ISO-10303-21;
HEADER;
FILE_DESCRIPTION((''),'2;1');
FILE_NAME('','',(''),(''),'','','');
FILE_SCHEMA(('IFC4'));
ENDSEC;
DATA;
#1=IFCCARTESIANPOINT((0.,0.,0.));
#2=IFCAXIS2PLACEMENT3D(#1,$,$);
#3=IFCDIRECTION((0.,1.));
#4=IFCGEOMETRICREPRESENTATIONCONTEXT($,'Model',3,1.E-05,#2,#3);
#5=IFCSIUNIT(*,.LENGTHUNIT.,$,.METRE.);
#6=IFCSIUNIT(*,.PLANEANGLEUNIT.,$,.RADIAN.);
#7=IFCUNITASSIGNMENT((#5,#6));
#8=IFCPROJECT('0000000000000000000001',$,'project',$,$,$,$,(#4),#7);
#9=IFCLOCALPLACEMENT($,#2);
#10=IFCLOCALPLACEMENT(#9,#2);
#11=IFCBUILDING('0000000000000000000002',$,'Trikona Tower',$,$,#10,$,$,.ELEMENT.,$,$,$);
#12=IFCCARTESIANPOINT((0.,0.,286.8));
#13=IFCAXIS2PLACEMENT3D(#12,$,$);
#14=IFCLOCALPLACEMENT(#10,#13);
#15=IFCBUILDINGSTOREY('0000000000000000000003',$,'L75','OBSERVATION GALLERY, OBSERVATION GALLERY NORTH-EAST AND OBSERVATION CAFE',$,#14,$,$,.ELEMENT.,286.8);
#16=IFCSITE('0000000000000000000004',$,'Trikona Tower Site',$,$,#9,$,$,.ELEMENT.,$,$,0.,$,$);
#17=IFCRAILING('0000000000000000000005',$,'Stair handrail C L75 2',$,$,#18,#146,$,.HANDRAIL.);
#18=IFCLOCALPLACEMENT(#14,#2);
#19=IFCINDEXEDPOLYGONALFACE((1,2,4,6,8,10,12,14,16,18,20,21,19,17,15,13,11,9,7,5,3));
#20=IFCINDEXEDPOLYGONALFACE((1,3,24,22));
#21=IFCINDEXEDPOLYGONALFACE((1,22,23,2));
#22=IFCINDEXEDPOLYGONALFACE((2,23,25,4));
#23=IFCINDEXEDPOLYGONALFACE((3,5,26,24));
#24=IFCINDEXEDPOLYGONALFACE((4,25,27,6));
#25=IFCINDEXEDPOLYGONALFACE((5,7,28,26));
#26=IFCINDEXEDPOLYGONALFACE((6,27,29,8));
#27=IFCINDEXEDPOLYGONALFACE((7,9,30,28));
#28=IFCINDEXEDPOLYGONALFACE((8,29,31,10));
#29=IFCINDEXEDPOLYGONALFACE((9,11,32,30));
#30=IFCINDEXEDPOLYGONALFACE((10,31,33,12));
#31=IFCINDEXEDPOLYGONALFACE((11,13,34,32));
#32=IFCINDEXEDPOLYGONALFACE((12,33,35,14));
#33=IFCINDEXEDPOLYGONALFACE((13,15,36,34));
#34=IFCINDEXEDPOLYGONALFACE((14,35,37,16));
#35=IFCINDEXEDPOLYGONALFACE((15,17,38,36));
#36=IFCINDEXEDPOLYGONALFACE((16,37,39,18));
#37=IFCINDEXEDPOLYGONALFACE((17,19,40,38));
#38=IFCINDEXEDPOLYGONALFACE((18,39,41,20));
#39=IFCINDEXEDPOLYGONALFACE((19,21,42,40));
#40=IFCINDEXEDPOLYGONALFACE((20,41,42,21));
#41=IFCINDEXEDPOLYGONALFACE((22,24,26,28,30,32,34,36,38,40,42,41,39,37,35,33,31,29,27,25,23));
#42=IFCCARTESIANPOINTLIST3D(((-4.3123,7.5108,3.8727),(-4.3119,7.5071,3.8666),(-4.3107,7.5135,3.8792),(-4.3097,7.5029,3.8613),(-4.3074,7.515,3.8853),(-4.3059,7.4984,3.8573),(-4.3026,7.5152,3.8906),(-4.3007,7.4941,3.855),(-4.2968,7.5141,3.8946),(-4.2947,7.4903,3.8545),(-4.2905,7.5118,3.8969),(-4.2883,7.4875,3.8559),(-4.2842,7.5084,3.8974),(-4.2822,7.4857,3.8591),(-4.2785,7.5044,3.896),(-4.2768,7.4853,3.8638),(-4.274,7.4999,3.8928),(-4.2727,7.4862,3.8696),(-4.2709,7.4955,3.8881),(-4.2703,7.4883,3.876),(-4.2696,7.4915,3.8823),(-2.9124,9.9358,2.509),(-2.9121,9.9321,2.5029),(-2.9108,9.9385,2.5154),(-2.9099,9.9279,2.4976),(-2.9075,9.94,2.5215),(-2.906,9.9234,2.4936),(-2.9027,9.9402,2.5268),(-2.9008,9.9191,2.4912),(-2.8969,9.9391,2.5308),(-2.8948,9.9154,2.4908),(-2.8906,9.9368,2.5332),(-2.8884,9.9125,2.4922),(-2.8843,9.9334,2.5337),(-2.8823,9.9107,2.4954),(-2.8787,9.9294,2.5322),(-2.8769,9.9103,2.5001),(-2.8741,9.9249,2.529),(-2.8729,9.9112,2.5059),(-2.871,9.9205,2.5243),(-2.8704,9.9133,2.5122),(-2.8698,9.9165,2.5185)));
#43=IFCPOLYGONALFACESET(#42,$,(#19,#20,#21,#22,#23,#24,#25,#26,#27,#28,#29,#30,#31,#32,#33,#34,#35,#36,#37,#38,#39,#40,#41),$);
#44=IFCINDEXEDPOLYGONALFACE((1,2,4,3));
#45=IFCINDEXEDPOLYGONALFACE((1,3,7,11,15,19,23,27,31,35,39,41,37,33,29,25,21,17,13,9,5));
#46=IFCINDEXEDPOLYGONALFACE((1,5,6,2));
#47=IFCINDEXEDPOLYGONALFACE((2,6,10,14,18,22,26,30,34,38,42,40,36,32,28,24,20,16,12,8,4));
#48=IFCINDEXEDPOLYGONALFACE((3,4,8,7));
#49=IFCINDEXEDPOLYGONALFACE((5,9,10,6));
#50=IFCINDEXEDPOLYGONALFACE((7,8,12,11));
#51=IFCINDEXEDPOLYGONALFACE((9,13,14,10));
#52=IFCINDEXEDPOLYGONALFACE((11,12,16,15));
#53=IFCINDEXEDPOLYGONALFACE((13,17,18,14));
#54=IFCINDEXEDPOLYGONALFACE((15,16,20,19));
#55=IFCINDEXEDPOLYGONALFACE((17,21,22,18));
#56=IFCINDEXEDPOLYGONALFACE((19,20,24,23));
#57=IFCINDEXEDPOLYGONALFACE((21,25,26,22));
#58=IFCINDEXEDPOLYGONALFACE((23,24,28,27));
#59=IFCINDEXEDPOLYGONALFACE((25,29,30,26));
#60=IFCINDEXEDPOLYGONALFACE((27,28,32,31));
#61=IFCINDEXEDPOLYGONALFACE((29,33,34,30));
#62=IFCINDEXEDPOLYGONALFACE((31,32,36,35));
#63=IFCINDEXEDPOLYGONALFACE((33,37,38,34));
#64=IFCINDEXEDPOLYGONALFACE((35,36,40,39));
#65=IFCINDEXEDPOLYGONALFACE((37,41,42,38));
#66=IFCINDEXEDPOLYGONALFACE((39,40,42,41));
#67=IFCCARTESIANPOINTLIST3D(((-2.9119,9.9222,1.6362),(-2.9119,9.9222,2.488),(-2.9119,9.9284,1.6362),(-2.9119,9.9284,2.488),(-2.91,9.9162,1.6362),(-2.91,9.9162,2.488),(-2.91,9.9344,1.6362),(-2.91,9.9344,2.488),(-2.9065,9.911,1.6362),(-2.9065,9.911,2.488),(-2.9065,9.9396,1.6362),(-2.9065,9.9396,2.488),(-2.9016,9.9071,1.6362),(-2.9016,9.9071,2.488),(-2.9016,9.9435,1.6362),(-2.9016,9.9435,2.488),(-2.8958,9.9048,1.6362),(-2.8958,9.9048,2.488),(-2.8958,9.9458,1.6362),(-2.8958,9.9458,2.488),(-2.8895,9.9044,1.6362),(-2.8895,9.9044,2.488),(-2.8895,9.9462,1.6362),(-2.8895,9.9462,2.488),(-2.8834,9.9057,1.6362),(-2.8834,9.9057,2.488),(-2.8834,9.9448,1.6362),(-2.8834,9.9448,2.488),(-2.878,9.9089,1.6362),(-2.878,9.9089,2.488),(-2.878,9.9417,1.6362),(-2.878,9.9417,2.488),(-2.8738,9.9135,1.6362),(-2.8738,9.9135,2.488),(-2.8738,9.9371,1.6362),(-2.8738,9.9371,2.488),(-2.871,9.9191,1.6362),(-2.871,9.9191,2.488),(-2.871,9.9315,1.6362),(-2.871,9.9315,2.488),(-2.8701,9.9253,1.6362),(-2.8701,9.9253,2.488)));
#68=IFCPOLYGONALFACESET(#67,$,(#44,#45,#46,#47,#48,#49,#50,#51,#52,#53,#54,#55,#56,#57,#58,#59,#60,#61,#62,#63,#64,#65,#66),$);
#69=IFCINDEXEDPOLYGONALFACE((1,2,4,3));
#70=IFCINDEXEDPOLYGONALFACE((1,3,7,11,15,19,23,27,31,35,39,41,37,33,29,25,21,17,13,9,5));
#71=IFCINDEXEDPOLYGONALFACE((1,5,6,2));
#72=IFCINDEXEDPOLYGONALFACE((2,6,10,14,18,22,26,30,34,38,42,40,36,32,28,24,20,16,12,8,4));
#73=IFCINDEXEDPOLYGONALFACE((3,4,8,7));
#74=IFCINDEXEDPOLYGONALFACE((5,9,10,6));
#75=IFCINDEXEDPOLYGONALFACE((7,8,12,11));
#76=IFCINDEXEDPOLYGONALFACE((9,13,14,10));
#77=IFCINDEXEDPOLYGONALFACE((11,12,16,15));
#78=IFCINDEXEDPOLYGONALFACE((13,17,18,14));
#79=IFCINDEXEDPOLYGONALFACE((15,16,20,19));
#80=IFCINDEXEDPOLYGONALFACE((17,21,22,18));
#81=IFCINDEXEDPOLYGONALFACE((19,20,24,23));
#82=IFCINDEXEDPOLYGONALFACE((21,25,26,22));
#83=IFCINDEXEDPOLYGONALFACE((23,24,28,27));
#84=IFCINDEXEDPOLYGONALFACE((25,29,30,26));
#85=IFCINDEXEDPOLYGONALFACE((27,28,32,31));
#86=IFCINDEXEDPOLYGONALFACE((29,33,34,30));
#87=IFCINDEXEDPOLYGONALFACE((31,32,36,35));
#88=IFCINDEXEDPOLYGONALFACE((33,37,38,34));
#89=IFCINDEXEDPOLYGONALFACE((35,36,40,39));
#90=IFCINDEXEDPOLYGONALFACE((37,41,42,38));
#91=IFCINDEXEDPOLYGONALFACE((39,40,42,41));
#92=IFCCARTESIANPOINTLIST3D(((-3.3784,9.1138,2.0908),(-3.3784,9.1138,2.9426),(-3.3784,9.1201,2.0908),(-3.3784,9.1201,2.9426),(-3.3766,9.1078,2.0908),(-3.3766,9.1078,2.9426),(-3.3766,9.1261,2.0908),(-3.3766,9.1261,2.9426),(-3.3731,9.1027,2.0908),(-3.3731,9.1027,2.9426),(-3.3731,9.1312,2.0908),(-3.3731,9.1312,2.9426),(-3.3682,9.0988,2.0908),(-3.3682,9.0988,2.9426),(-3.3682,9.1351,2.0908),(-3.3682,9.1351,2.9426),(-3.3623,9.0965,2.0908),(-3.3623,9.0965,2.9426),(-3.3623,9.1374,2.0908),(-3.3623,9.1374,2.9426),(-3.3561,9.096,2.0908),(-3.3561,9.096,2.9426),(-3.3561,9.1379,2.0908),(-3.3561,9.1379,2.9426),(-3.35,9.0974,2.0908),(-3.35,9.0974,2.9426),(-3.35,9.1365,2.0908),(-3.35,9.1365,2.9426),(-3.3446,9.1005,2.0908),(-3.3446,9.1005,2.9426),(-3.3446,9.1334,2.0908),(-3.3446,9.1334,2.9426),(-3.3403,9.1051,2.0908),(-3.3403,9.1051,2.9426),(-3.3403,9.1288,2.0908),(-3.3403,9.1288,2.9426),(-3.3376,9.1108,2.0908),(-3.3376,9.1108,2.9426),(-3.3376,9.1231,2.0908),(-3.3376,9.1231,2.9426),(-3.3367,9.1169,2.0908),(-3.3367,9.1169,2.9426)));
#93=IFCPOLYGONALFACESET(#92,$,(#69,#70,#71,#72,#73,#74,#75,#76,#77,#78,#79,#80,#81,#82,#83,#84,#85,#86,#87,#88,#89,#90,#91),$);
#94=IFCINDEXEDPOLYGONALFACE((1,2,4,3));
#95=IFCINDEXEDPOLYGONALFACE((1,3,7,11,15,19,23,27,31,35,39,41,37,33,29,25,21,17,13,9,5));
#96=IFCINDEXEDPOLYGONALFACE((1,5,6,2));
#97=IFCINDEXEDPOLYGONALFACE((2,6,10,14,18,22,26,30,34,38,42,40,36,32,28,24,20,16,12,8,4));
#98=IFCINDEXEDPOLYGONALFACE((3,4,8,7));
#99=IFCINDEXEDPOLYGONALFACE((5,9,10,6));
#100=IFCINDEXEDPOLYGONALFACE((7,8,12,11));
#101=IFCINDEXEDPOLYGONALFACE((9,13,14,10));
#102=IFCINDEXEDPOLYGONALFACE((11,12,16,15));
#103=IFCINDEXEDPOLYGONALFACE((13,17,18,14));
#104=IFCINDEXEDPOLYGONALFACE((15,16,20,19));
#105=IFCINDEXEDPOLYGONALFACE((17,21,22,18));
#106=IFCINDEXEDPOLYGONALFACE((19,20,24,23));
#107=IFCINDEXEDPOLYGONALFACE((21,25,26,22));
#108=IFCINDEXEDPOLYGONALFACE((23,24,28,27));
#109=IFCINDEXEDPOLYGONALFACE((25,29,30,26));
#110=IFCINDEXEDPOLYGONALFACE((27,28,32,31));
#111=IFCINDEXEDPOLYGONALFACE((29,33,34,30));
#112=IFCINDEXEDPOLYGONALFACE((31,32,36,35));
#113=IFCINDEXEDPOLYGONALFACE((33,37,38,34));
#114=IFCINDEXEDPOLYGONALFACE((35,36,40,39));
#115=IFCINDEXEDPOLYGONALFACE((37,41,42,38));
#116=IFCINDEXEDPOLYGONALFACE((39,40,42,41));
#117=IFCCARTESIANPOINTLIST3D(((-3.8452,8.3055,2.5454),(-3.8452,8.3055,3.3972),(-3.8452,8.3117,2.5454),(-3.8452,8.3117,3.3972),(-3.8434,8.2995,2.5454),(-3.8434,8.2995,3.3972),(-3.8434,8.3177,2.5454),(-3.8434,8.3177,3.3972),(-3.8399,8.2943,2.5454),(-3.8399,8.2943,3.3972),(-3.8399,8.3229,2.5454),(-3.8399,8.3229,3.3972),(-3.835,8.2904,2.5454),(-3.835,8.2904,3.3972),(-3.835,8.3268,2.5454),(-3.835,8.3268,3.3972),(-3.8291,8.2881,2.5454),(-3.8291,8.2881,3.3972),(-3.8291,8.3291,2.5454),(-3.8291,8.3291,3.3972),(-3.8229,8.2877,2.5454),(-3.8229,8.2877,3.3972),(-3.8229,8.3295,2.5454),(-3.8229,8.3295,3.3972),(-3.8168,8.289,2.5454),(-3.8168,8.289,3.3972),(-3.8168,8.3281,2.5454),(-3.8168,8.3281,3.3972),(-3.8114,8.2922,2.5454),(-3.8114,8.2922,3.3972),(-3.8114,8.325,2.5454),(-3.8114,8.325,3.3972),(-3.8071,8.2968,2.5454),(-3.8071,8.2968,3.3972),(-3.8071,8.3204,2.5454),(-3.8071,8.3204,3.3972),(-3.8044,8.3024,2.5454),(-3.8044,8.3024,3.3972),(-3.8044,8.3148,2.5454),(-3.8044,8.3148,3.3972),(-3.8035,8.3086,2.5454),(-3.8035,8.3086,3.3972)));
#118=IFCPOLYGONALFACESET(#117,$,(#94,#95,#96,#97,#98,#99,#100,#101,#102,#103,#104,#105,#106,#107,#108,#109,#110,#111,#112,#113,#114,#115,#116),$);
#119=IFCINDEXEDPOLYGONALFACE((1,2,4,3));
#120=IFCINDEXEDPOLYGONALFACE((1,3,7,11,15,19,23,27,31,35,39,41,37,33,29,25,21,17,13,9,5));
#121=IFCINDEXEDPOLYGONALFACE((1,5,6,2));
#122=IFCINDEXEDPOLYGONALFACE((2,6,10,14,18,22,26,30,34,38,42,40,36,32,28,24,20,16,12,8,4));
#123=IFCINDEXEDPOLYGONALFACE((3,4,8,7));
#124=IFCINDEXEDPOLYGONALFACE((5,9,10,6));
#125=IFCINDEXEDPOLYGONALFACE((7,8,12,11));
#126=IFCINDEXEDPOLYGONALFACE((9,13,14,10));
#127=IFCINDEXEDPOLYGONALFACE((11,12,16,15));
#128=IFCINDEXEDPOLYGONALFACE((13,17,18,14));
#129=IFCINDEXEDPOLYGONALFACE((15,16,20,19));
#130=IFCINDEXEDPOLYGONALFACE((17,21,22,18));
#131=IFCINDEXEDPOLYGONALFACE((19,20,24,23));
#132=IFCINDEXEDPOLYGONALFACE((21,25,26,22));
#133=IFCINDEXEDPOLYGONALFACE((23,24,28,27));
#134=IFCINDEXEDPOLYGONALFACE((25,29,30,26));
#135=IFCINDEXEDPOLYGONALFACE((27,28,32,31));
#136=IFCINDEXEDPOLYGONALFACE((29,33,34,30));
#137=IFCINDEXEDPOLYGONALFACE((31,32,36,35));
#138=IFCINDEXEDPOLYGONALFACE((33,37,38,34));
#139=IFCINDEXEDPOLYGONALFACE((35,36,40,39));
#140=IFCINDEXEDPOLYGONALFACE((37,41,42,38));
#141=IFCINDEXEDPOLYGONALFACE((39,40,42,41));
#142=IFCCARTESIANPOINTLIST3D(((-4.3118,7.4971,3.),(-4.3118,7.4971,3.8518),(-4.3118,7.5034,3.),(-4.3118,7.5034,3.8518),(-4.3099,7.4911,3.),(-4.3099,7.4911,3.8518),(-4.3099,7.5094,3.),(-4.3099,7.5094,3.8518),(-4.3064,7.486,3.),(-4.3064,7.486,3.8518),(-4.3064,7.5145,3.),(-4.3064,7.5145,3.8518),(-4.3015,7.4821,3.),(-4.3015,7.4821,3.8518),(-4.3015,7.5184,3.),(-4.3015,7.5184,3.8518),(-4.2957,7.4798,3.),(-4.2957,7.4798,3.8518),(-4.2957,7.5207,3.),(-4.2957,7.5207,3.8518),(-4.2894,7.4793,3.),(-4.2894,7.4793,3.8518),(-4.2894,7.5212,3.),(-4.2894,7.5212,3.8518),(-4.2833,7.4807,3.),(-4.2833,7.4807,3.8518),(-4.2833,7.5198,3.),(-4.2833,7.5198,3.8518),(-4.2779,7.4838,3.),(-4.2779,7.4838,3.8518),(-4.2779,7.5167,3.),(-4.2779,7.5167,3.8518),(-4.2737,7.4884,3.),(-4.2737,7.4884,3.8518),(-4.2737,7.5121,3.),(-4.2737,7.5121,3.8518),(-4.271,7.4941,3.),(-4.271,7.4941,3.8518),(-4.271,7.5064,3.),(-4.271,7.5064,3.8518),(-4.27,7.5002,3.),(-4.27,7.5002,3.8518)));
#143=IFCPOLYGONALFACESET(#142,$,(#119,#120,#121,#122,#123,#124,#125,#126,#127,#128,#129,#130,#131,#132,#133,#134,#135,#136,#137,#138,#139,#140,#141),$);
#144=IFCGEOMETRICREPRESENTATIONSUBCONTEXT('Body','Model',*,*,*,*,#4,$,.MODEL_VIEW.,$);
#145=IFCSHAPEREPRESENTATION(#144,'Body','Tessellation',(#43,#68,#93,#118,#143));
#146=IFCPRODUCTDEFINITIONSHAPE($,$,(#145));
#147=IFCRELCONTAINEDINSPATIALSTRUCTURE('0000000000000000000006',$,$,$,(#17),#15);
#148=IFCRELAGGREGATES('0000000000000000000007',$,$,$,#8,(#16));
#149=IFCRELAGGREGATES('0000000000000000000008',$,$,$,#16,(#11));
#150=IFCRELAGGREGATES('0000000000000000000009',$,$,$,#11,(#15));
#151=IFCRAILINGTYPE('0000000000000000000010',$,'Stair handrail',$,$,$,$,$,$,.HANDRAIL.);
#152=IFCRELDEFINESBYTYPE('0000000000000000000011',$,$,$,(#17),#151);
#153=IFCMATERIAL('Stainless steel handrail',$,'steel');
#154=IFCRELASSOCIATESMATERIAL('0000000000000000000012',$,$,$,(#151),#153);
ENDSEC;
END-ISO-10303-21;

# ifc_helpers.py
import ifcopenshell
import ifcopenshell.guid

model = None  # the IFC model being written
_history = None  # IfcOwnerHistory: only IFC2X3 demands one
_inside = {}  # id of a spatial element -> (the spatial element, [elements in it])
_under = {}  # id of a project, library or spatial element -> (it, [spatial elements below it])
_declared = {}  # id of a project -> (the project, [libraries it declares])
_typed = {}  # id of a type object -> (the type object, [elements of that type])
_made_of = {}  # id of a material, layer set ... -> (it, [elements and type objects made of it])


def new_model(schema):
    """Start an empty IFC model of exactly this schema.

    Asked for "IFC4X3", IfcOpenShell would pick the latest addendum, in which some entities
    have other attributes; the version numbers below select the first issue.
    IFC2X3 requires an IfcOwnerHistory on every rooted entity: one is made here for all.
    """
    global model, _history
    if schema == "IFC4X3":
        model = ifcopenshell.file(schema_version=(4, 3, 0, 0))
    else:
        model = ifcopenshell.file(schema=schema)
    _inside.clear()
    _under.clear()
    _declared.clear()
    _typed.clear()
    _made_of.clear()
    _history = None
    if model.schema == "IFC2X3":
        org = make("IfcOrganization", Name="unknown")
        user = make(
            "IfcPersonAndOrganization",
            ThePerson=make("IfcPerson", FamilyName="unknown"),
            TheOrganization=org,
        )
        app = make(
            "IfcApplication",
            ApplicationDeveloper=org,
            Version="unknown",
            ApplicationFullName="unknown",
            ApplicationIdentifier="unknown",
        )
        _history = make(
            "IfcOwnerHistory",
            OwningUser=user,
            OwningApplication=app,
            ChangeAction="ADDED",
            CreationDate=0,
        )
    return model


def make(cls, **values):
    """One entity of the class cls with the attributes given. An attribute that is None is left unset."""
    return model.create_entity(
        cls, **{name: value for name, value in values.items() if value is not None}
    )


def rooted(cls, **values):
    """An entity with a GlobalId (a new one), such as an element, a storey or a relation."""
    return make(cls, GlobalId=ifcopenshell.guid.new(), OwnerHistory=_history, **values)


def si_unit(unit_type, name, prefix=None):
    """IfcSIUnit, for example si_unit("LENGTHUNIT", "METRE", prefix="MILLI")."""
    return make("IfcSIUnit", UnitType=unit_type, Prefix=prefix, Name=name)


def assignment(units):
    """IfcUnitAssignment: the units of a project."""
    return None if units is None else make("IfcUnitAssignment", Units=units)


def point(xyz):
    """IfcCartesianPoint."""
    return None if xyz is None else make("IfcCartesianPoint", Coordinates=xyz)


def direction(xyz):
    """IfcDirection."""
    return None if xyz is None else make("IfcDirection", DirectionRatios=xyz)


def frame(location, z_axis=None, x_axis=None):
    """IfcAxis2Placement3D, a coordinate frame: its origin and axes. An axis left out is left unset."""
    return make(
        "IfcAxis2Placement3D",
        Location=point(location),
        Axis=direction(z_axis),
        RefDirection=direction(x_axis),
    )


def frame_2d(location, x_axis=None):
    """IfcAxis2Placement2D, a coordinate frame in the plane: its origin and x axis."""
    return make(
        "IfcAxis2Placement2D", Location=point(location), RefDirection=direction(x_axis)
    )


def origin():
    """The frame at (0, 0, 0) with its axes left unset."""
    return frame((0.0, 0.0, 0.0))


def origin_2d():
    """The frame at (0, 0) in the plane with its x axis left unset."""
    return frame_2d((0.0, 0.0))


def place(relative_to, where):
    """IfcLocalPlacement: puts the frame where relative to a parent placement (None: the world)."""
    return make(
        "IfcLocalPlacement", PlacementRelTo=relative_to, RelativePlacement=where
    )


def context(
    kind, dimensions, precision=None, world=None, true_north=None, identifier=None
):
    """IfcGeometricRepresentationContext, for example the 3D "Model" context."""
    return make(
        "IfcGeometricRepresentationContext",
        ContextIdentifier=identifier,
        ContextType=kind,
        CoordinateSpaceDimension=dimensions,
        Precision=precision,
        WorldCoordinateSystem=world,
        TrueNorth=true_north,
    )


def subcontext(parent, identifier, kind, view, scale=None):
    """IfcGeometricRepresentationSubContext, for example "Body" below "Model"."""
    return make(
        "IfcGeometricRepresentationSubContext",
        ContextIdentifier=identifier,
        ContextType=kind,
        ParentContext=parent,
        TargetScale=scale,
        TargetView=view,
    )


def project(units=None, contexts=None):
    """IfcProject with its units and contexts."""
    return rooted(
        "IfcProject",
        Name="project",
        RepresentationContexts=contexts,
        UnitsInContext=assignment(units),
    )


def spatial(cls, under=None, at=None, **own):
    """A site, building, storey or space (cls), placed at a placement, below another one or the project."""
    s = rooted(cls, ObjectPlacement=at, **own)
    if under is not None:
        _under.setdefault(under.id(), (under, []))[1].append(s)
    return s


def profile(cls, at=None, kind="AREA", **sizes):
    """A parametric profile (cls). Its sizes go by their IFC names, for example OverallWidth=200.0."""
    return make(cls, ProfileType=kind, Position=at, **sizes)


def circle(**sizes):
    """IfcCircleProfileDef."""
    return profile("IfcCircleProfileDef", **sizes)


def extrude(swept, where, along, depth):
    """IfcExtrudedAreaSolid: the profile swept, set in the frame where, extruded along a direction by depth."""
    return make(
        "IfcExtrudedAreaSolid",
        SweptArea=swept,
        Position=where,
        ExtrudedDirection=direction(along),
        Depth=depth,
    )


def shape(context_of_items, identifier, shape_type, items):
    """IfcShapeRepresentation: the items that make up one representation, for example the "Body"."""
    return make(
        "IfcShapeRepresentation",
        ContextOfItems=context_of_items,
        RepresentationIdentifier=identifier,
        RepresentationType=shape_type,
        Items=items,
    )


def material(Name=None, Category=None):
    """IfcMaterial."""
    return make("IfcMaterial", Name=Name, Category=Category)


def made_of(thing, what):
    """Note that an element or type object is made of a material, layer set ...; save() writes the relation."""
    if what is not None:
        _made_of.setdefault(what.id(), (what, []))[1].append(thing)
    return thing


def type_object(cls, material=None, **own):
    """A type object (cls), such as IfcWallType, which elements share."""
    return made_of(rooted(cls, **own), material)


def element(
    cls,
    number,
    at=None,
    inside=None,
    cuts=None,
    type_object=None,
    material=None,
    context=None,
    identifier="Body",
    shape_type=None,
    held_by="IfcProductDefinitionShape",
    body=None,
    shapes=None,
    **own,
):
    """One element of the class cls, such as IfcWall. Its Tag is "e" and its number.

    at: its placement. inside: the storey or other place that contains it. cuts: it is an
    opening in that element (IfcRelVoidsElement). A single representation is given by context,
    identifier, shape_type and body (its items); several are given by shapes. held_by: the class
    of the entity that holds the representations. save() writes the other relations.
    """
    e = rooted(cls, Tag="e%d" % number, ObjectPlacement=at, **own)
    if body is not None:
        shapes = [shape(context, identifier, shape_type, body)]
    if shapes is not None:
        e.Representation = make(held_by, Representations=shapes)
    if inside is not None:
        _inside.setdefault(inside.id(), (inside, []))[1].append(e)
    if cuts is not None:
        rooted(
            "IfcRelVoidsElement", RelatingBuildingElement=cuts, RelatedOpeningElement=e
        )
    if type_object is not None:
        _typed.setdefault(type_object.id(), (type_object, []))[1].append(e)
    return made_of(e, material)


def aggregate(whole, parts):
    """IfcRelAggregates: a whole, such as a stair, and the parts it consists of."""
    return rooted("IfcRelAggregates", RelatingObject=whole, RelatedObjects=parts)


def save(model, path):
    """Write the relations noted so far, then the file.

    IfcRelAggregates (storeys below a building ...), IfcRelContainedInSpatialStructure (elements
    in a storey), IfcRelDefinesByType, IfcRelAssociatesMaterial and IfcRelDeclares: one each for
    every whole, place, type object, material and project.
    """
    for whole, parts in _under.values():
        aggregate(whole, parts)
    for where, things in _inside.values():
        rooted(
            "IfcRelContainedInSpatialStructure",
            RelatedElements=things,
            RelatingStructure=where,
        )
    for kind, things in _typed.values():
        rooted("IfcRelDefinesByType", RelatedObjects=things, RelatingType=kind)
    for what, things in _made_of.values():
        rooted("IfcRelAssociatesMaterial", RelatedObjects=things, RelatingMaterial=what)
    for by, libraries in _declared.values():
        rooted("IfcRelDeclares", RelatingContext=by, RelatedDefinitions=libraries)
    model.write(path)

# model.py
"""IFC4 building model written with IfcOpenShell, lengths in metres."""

from ifc_helpers import new_model, si_unit, direction, frame, origin, origin_2d, place, context, subcontext, project, spatial, circle, extrude, material, type_object, element, save


model = new_model("IFC4")

# Units and contexts
model_context = context("Model", 3, precision=1e-05, world=origin(), true_north=direction((0.0, 1.0)))
body_context = subcontext(model_context, "Body", "Model", "MODEL_VIEW")
ifc_project = project(units=[si_unit("LENGTHUNIT", "METRE"), si_unit("PLANEANGLEUNIT", "RADIAN")], contexts=[model_context])

# Site, building, storey
site_placement = place(None, origin())
site = spatial("IfcSite", under=ifc_project, at=site_placement, Name="Trikona Tower Site", CompositionType="ELEMENT", RefElevation=0.0)
building_placement = place(site_placement, origin())
building = spatial("IfcBuilding", under=site, at=building_placement, Name="Trikona Tower", CompositionType="ELEMENT")
storey_placement = place(building_placement, frame((0.0, 0.0, 286.8)))
storey = spatial("IfcBuildingStorey", under=building, at=storey_placement, Name="L75", Description="OBSERVATION GALLERY, OBSERVATION GALLERY NORTH-EAST AND OBSERVATION CAFE", CompositionType="ELEMENT", Elevation=286.8)

# Railing
ifc_material_1 = material(Name="Stainless steel handrail", Category="steel")
railing_type = type_object("IfcRailingType", Name="Stair handrail", PredefinedType="HANDRAIL", material=ifc_material_1)
railing_1_placement = place(storey_placement, frame((-2.8911, 9.9253, 1.6362)))
element("IfcRailing", 1, at=railing_1_placement, inside=storey, type_object=railing_type, Name="Stair handrail C L75 2", PredefinedType="HANDRAIL", context=body_context, shape_type="SweptSolid", body=[
    extrude(circle(Radius=0.0239, at=origin_2d()), frame((0.0, 0.0, 0.876), z_axis=(-0.449471, -0.778618, 0.43787), x_axis=(0.866056, -0.499946, 0.0)), (0.0, 0.0, 1.0), 3.1145),
    extrude(circle(Radius=0.021, at=origin_2d()), origin(), (0.0, 0.0, 1.0), 0.8518),
    extrude(circle(Radius=0.021, at=origin_2d()), frame((-0.4666, -0.8083, 0.4546)), (0.0, 0.0, 1.0), 0.8518),
    extrude(circle(Radius=0.021, at=origin_2d()), frame((-0.9333, -1.6167, 0.9092)), (0.0, 0.0, 1.0), 0.8518),
    extrude(circle(Radius=0.021, at=origin_2d()), frame((-1.3999, -2.425, 1.3638)), (0.0, 0.0, 1.0), 0.8518),
])

save(model, "model.ifc")
